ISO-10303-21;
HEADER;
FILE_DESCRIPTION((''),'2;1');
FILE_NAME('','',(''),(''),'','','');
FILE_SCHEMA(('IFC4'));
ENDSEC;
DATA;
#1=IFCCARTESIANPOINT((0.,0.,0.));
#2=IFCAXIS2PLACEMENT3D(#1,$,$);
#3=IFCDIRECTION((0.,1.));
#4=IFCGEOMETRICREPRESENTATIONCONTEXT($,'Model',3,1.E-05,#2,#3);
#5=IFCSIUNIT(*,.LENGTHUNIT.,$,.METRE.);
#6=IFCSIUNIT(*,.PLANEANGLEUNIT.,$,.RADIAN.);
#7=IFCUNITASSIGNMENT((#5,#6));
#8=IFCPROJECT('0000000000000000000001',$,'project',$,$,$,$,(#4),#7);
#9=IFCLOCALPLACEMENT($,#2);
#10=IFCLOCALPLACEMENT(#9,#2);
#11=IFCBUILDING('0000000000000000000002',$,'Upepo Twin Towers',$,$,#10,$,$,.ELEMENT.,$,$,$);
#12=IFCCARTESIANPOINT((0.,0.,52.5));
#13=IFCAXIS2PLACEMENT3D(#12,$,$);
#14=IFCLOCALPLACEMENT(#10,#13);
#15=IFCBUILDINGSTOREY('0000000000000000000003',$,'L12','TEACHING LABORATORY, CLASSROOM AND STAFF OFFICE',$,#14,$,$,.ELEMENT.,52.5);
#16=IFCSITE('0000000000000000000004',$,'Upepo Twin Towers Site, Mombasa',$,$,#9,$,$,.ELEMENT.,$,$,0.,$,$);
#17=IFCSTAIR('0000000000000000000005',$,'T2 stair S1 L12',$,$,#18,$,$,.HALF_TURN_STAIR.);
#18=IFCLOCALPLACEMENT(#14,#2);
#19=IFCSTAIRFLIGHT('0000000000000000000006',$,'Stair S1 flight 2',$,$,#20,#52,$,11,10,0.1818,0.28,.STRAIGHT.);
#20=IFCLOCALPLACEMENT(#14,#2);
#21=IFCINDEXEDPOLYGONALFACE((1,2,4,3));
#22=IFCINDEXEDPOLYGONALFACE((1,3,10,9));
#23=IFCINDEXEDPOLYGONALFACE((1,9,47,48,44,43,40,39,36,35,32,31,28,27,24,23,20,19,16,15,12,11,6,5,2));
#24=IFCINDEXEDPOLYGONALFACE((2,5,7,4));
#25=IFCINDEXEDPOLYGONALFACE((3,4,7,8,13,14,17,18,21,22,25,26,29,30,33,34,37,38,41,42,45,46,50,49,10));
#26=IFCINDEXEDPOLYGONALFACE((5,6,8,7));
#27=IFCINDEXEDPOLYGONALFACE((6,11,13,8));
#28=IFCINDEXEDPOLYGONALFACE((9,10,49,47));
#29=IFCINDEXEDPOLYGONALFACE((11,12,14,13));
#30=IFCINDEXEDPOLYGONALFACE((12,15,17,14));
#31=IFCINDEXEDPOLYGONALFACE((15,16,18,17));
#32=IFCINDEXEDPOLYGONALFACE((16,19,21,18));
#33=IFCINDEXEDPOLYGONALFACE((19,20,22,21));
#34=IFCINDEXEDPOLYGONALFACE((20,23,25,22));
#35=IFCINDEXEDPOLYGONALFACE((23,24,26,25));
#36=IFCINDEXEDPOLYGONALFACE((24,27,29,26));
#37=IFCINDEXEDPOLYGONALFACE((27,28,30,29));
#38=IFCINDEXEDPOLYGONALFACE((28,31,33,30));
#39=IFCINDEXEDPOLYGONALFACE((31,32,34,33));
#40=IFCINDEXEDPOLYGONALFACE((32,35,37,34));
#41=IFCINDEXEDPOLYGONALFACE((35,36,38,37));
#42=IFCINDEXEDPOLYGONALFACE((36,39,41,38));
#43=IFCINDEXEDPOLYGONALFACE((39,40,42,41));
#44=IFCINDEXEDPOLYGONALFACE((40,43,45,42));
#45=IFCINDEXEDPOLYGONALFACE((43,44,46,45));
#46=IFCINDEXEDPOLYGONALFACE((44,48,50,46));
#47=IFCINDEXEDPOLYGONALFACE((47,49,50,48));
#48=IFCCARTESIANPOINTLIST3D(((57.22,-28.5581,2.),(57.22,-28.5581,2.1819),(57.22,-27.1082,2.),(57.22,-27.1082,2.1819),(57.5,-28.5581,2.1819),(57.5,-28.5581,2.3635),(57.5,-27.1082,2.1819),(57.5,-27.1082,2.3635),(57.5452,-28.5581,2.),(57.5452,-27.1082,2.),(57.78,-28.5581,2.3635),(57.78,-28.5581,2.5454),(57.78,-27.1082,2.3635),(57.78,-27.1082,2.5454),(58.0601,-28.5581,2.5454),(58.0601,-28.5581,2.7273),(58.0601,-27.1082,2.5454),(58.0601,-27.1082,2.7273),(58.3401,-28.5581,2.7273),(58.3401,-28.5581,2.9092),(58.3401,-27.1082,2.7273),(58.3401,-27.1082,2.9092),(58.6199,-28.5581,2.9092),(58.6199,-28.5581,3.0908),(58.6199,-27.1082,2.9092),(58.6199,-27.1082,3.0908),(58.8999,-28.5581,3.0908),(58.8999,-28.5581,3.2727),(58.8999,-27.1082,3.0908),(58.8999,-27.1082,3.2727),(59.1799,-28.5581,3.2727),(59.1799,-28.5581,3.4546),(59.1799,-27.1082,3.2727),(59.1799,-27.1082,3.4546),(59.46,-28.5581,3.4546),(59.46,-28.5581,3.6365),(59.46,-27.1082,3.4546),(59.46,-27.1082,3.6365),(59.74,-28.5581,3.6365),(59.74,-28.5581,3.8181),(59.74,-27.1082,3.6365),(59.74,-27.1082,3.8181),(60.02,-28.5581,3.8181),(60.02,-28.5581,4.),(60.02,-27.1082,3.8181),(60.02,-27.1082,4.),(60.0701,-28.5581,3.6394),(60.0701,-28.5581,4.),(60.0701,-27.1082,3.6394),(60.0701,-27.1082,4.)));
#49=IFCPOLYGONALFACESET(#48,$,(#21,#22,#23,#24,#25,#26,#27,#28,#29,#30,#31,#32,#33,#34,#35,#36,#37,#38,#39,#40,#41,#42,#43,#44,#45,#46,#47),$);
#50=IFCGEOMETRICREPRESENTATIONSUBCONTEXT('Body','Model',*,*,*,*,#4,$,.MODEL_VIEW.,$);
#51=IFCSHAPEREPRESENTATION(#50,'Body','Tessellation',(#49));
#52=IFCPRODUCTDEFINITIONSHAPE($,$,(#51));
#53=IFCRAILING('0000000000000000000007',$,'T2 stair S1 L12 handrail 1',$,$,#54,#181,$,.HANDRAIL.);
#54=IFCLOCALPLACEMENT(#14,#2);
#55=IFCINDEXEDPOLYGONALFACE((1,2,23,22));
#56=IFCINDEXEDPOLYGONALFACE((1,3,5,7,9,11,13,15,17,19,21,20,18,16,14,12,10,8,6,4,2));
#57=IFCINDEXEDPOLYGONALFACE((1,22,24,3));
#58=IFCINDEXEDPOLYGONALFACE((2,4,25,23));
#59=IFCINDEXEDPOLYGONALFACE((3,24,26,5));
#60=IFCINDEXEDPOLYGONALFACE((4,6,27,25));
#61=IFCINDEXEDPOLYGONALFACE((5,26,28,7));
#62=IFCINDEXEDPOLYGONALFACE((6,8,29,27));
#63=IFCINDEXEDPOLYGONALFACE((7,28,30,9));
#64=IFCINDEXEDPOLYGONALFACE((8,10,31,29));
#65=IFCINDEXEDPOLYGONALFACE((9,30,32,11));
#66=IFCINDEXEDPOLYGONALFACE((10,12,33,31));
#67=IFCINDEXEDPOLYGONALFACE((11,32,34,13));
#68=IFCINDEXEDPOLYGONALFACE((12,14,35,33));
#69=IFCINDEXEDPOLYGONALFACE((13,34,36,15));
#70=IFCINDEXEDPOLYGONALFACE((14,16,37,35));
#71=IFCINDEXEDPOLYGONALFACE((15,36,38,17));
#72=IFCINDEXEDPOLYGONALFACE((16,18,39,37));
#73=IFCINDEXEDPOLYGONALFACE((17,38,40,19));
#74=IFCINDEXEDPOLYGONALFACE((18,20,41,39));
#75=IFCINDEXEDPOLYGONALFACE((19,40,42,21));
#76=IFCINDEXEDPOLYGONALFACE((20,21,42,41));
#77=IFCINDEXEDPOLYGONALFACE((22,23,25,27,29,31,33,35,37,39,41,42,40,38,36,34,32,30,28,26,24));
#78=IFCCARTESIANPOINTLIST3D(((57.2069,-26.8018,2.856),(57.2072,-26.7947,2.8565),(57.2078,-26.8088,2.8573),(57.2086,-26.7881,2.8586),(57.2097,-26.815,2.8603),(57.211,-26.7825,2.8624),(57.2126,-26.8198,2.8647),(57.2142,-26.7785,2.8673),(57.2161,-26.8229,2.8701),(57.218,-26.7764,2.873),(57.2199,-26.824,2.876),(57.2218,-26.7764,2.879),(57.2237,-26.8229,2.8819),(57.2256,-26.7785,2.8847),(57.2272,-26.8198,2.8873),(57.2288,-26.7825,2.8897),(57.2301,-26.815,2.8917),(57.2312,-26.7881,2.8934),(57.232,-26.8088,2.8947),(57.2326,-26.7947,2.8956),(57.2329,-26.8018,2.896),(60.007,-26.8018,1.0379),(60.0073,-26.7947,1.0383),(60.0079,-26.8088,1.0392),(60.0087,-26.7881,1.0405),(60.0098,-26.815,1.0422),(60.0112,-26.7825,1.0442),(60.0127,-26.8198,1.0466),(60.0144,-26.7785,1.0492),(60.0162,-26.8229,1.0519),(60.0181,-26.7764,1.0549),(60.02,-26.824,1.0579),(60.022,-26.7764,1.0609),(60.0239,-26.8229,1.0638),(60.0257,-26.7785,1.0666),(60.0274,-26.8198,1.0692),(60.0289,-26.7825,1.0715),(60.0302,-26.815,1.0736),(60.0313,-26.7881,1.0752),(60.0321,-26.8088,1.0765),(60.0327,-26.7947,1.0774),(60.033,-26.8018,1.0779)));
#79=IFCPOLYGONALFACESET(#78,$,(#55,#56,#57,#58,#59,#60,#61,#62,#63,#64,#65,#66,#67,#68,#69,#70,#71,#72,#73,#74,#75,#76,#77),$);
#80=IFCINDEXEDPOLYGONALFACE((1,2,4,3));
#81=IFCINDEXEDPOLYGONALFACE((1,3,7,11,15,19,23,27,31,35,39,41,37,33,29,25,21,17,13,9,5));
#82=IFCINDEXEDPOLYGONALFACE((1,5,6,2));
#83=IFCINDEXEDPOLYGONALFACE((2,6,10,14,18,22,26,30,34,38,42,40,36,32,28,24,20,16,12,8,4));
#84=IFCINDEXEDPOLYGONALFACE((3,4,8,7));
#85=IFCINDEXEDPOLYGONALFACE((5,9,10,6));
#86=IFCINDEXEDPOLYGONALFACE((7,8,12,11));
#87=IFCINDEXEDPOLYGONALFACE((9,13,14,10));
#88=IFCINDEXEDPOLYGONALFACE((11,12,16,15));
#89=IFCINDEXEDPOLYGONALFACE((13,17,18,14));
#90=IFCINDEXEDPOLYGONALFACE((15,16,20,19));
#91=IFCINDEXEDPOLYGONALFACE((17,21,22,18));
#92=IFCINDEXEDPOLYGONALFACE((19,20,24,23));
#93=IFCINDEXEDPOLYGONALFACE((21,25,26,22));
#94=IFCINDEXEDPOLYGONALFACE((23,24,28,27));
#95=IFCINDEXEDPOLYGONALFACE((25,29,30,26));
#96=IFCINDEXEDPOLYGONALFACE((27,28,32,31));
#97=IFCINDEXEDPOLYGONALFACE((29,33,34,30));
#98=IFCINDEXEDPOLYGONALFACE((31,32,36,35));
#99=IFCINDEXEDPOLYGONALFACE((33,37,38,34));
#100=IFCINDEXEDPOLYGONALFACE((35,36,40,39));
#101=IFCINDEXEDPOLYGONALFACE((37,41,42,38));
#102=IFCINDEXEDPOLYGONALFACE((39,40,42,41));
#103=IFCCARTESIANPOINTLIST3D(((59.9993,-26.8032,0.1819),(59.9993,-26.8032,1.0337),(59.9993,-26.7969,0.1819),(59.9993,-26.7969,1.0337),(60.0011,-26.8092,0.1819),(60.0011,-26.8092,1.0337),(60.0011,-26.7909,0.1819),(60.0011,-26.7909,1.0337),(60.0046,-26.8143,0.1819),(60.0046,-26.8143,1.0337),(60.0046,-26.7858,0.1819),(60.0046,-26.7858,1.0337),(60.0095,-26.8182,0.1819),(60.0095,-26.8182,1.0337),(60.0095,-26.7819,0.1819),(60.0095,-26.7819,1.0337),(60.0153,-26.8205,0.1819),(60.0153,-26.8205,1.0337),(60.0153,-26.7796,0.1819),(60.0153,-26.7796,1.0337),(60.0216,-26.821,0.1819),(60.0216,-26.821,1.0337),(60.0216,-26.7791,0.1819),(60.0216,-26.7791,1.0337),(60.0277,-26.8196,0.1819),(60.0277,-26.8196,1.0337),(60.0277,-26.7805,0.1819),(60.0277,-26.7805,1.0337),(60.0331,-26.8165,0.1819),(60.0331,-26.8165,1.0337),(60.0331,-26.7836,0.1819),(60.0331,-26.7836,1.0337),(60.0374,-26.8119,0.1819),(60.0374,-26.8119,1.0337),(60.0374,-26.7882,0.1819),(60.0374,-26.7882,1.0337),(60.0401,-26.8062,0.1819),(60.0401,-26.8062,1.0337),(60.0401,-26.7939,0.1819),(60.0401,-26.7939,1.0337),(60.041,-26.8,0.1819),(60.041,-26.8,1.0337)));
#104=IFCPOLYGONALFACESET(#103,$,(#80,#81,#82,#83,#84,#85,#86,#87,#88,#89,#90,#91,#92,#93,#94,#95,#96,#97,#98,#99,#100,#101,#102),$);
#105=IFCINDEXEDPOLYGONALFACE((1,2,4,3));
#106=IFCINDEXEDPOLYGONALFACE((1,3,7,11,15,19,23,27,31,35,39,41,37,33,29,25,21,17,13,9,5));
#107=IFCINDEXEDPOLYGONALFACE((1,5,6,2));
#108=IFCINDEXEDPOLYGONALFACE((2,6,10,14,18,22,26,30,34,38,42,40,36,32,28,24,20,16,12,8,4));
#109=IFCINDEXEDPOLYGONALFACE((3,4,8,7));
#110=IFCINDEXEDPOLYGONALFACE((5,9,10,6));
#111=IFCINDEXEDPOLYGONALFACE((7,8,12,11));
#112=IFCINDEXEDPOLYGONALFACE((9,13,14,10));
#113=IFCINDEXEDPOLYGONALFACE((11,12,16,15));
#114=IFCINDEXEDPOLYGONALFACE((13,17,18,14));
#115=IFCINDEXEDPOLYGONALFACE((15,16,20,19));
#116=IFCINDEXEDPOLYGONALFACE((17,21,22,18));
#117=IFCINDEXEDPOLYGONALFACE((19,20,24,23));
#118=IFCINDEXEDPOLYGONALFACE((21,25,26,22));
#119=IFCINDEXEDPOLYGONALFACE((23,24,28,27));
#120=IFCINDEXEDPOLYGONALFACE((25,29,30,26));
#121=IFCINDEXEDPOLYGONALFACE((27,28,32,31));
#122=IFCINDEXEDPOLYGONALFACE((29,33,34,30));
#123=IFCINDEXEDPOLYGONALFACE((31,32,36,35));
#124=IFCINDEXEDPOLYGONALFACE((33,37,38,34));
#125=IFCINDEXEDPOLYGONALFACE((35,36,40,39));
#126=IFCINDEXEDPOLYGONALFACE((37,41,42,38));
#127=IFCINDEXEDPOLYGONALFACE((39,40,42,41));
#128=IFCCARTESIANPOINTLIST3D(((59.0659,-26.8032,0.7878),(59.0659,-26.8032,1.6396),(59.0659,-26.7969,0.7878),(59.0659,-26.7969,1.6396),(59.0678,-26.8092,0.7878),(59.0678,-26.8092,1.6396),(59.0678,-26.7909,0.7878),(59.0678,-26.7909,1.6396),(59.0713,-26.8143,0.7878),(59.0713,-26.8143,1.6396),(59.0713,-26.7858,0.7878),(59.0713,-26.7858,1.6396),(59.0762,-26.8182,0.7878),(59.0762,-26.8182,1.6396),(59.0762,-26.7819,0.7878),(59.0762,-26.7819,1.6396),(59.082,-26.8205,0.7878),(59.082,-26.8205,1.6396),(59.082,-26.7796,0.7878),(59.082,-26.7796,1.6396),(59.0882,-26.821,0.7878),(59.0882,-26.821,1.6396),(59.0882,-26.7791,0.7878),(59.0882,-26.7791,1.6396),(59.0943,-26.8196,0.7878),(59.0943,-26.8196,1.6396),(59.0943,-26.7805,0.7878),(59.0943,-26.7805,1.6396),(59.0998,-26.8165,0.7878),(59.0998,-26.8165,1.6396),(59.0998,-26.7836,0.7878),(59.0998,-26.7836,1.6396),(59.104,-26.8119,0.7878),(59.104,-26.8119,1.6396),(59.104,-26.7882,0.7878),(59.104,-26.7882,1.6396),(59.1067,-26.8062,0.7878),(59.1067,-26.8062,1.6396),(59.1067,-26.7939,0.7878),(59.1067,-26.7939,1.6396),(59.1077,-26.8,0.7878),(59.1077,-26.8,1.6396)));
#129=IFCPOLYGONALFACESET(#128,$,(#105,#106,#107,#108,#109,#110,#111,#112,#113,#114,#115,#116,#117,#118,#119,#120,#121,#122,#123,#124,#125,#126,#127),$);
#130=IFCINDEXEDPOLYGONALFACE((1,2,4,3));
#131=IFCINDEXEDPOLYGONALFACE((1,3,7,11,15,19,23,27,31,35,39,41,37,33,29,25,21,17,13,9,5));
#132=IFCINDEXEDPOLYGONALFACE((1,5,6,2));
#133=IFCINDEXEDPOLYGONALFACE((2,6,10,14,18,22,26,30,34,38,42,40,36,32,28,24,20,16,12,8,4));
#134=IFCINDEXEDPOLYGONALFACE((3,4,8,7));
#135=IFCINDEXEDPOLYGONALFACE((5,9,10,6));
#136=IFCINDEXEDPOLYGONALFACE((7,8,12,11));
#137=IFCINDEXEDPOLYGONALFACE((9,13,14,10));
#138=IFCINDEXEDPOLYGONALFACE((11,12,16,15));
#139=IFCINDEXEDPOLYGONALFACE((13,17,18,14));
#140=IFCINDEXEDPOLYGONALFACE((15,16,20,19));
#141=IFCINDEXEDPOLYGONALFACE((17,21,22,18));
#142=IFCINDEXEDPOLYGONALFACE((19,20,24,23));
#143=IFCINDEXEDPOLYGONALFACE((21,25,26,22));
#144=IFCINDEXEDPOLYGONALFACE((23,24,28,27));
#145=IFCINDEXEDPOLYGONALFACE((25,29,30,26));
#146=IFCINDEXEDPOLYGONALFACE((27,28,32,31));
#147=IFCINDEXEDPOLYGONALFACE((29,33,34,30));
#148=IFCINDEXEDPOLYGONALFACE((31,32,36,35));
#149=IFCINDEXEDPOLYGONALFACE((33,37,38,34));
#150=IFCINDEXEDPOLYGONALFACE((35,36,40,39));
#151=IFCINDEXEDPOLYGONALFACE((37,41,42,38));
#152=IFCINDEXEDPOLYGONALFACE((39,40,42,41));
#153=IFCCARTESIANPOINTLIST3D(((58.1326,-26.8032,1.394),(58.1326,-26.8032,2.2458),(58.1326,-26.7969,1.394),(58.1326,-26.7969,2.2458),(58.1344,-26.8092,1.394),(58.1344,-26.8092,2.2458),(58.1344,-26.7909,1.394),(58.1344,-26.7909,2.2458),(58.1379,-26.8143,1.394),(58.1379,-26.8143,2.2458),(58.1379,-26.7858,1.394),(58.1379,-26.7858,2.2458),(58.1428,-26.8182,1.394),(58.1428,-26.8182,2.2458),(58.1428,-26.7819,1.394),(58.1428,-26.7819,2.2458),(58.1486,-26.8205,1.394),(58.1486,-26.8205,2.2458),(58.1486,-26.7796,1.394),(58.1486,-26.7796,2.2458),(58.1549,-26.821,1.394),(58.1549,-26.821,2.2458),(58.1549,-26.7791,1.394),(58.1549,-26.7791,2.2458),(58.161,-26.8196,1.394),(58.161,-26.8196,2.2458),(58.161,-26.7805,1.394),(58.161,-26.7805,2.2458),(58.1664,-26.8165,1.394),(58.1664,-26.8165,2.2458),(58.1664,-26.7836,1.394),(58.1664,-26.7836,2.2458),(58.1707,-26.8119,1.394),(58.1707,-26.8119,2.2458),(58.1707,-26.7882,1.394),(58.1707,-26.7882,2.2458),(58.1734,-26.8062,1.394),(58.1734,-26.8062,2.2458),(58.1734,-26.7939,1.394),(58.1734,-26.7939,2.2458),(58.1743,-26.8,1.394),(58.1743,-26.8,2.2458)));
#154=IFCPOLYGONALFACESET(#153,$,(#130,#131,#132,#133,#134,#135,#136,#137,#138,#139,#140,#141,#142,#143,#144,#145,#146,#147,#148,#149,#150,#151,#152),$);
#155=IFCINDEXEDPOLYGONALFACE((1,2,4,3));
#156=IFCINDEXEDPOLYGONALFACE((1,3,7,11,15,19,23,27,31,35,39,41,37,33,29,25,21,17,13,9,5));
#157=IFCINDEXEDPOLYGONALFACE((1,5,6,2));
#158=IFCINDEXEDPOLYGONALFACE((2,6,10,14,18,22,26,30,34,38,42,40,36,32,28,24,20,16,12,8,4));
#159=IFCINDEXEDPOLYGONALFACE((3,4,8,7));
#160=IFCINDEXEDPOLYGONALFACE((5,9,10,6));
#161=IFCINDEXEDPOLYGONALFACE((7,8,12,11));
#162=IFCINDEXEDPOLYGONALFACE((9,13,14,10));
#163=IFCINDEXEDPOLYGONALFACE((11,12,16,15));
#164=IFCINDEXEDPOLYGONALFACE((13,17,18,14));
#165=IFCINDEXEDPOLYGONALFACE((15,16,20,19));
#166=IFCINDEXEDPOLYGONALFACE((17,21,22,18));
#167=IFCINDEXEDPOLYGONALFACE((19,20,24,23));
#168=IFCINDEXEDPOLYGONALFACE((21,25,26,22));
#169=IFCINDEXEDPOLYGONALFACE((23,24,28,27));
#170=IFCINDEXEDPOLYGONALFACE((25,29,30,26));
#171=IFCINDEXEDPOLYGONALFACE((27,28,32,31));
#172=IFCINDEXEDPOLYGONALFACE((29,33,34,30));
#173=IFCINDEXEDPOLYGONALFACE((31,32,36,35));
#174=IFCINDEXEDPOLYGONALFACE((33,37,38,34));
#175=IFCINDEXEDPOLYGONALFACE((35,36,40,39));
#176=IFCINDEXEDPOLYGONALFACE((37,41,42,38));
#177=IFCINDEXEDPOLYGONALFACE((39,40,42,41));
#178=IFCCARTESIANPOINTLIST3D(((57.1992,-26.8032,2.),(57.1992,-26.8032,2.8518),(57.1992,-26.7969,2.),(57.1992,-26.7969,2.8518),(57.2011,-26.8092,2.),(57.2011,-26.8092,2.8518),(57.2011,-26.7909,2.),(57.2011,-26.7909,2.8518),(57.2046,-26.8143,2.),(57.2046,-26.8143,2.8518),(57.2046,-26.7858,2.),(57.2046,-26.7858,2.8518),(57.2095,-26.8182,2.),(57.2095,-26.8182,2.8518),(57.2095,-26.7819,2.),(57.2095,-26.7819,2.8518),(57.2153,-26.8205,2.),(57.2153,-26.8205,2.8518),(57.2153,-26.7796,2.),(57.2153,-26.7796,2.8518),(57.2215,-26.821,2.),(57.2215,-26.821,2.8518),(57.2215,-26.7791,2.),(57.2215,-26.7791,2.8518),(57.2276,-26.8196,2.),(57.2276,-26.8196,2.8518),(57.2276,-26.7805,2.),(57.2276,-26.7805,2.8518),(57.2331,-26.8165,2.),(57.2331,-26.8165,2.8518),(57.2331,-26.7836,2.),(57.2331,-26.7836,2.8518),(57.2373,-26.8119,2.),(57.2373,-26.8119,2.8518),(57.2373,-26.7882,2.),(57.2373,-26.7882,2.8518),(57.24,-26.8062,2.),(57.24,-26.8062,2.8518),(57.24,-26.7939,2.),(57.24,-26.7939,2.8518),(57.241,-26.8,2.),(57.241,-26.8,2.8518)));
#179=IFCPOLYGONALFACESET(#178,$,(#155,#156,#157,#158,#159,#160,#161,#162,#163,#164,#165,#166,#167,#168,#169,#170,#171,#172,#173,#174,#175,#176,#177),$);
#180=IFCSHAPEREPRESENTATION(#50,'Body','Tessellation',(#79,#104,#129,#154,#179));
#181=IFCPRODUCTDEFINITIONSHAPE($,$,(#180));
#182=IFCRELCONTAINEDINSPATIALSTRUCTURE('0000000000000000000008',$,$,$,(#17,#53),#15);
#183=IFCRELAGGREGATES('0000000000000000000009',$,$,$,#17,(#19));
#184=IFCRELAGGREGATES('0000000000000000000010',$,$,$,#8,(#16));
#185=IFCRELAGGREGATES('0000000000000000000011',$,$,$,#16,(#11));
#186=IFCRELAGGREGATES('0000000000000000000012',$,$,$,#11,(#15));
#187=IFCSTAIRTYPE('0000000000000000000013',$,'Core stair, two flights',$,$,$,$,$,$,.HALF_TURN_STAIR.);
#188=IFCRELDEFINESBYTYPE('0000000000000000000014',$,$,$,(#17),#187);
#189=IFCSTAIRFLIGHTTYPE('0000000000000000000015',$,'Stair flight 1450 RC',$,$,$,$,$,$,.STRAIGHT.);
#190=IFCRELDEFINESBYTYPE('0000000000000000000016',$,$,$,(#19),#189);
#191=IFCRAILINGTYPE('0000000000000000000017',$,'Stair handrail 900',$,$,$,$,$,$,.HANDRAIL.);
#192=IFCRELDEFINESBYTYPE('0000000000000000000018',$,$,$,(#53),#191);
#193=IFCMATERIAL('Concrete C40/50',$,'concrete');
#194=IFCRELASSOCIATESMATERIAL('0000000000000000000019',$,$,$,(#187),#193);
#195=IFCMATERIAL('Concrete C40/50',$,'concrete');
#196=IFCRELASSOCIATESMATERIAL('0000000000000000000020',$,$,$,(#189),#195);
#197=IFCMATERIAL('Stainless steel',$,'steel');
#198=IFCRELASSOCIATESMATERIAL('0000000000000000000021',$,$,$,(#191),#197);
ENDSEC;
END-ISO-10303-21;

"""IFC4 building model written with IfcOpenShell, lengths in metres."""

from ifc_helpers import new_model, si_unit, direction, frame, origin, origin_2d, place, context, subcontext, project, spatial, polyline, circle, outline, extrude, material, type_object, element, aggregate, save


model = new_model("IFC4")

# Units and contexts
model_context = context("Model", 3, precision=1e-05, world=origin(), true_north=direction((0.0, 1.0)))
body_context = subcontext(model_context, "Body", "Model", "MODEL_VIEW")
ifc_project = project(units=[si_unit("LENGTHUNIT", "METRE"), si_unit("PLANEANGLEUNIT", "RADIAN")], contexts=[model_context])

# Site, building, storey
site_placement = place(None, origin())
site = spatial("IfcSite", under=ifc_project, at=site_placement, Name="Upepo Twin Towers Site, Mombasa", CompositionType="ELEMENT", RefElevation=0.0)
building_placement = place(site_placement, origin())
building = spatial("IfcBuilding", under=site, at=building_placement, Name="Upepo Twin Towers", CompositionType="ELEMENT")
storey_placement = place(building_placement, frame((0.0, 0.0, 52.5)))
storey = spatial("IfcBuildingStorey", under=building, at=storey_placement, Name="L12", Description="TEACHING LABORATORY, CLASSROOM AND STAFF OFFICE", CompositionType="ELEMENT", Elevation=52.5)

# Stair, stair flight
ifc_material_1 = material(Name="Concrete C40/50", Category="concrete")
stair_type = type_object("IfcStairType", Name="Core stair, two flights", PredefinedType="HALF_TURN_STAIR", material=ifc_material_1)
stair_placement = place(storey_placement, origin())
stair = element("IfcStair", 1, at=stair_placement, inside=storey, type_object=stair_type, Name="T2 stair S1 L12", PredefinedType="HALF_TURN_STAIR")
ifc_material_2 = material(Name="Concrete C40/50", Category="concrete")
stair_flight_type = type_object("IfcStairFlightType", Name="Stair flight 1450 RC", PredefinedType="STRAIGHT", material=ifc_material_2)
stair_flight_1_placement = place(storey_placement, frame((57.22, -27.8333, 2.0), z_axis=(0.0, 0.0, 1.0), x_axis=(1.0, 0.0, 0.0)))
stair_flight_1 = element("IfcStairFlight", 2, at=stair_flight_1_placement, type_object=stair_flight_type, Name="Stair S1 flight 2", NumberOfRisers=11, NumberOfTreads=10, PredefinedType="STRAIGHT", RiserHeight=0.1818, TreadLength=0.28, context=body_context, shape_type="SweptSolid", body=[
    extrude(outline(polyline([(0.0, 0.0), (0.0, 0.1819), (0.28, 0.1819), (0.28, 0.3635), (0.5601, 0.3635), (0.5601, 0.5454), (0.8401, 0.5454), (0.8401, 0.7273), (1.1201, 0.7273), (1.1201, 0.9092), (1.3999, 0.9092), (1.3999, 1.0908), (1.6799, 1.0908), (1.6799, 1.2727), (1.96, 1.2727), (1.96, 1.4546), (2.24, 1.4546), (2.24, 1.6365), (2.52, 1.6365), (2.52, 1.8181), (2.8, 1.8181), (2.8, 2.0), (2.8501, 2.0), (2.8501, 1.6394), (0.3252, 0.0), (0.0, 0.0)])), frame((0.0, 0.7251, 0.0), z_axis=(0.0, -1.0, 0.0), x_axis=(1.0, 0.0, 0.0)), (0.0, 0.0, 1.0), 1.45),
])
aggregate(stair, [stair_flight_1])

# Railing
ifc_material_3 = material(Name="Stainless steel", Category="steel")
railing_type = type_object("IfcRailingType", Name="Stair handrail 900", PredefinedType="HANDRAIL", material=ifc_material_3)
railing_1_placement = place(storey_placement, frame((60.02, -26.8, 0.1819)))
element("IfcRailing", 3, at=railing_1_placement, inside=storey, type_object=railing_type, Name="T2 stair S1 L12 handrail 1", PredefinedType="HANDRAIL", context=body_context, shape_type="SweptSolid", body=[
    extrude(circle(Radius=0.0239, at=origin_2d()), frame((0.0, 0.0, 0.876), z_axis=(-0.838706, 0.0, 0.544585), x_axis=(0.0, -1.0, 0.0)), (0.0, 0.0, 1.0), 3.3386),
    extrude(circle(Radius=0.021, at=origin_2d()), origin(), (0.0, 0.0, 1.0), 0.8518),
    extrude(circle(Radius=0.021, at=origin_2d()), frame((-0.9333, 0.0, 0.606)), (0.0, 0.0, 1.0), 0.8518),
    extrude(circle(Radius=0.021, at=origin_2d()), frame((-1.8667, 0.0, 1.2122)), (0.0, 0.0, 1.0), 0.8518),
    extrude(circle(Radius=0.021, at=origin_2d()), frame((-2.8, 0.0, 1.8181)), (0.0, 0.0, 1.0), 0.8518),
])

save(model, "model.ifc")
